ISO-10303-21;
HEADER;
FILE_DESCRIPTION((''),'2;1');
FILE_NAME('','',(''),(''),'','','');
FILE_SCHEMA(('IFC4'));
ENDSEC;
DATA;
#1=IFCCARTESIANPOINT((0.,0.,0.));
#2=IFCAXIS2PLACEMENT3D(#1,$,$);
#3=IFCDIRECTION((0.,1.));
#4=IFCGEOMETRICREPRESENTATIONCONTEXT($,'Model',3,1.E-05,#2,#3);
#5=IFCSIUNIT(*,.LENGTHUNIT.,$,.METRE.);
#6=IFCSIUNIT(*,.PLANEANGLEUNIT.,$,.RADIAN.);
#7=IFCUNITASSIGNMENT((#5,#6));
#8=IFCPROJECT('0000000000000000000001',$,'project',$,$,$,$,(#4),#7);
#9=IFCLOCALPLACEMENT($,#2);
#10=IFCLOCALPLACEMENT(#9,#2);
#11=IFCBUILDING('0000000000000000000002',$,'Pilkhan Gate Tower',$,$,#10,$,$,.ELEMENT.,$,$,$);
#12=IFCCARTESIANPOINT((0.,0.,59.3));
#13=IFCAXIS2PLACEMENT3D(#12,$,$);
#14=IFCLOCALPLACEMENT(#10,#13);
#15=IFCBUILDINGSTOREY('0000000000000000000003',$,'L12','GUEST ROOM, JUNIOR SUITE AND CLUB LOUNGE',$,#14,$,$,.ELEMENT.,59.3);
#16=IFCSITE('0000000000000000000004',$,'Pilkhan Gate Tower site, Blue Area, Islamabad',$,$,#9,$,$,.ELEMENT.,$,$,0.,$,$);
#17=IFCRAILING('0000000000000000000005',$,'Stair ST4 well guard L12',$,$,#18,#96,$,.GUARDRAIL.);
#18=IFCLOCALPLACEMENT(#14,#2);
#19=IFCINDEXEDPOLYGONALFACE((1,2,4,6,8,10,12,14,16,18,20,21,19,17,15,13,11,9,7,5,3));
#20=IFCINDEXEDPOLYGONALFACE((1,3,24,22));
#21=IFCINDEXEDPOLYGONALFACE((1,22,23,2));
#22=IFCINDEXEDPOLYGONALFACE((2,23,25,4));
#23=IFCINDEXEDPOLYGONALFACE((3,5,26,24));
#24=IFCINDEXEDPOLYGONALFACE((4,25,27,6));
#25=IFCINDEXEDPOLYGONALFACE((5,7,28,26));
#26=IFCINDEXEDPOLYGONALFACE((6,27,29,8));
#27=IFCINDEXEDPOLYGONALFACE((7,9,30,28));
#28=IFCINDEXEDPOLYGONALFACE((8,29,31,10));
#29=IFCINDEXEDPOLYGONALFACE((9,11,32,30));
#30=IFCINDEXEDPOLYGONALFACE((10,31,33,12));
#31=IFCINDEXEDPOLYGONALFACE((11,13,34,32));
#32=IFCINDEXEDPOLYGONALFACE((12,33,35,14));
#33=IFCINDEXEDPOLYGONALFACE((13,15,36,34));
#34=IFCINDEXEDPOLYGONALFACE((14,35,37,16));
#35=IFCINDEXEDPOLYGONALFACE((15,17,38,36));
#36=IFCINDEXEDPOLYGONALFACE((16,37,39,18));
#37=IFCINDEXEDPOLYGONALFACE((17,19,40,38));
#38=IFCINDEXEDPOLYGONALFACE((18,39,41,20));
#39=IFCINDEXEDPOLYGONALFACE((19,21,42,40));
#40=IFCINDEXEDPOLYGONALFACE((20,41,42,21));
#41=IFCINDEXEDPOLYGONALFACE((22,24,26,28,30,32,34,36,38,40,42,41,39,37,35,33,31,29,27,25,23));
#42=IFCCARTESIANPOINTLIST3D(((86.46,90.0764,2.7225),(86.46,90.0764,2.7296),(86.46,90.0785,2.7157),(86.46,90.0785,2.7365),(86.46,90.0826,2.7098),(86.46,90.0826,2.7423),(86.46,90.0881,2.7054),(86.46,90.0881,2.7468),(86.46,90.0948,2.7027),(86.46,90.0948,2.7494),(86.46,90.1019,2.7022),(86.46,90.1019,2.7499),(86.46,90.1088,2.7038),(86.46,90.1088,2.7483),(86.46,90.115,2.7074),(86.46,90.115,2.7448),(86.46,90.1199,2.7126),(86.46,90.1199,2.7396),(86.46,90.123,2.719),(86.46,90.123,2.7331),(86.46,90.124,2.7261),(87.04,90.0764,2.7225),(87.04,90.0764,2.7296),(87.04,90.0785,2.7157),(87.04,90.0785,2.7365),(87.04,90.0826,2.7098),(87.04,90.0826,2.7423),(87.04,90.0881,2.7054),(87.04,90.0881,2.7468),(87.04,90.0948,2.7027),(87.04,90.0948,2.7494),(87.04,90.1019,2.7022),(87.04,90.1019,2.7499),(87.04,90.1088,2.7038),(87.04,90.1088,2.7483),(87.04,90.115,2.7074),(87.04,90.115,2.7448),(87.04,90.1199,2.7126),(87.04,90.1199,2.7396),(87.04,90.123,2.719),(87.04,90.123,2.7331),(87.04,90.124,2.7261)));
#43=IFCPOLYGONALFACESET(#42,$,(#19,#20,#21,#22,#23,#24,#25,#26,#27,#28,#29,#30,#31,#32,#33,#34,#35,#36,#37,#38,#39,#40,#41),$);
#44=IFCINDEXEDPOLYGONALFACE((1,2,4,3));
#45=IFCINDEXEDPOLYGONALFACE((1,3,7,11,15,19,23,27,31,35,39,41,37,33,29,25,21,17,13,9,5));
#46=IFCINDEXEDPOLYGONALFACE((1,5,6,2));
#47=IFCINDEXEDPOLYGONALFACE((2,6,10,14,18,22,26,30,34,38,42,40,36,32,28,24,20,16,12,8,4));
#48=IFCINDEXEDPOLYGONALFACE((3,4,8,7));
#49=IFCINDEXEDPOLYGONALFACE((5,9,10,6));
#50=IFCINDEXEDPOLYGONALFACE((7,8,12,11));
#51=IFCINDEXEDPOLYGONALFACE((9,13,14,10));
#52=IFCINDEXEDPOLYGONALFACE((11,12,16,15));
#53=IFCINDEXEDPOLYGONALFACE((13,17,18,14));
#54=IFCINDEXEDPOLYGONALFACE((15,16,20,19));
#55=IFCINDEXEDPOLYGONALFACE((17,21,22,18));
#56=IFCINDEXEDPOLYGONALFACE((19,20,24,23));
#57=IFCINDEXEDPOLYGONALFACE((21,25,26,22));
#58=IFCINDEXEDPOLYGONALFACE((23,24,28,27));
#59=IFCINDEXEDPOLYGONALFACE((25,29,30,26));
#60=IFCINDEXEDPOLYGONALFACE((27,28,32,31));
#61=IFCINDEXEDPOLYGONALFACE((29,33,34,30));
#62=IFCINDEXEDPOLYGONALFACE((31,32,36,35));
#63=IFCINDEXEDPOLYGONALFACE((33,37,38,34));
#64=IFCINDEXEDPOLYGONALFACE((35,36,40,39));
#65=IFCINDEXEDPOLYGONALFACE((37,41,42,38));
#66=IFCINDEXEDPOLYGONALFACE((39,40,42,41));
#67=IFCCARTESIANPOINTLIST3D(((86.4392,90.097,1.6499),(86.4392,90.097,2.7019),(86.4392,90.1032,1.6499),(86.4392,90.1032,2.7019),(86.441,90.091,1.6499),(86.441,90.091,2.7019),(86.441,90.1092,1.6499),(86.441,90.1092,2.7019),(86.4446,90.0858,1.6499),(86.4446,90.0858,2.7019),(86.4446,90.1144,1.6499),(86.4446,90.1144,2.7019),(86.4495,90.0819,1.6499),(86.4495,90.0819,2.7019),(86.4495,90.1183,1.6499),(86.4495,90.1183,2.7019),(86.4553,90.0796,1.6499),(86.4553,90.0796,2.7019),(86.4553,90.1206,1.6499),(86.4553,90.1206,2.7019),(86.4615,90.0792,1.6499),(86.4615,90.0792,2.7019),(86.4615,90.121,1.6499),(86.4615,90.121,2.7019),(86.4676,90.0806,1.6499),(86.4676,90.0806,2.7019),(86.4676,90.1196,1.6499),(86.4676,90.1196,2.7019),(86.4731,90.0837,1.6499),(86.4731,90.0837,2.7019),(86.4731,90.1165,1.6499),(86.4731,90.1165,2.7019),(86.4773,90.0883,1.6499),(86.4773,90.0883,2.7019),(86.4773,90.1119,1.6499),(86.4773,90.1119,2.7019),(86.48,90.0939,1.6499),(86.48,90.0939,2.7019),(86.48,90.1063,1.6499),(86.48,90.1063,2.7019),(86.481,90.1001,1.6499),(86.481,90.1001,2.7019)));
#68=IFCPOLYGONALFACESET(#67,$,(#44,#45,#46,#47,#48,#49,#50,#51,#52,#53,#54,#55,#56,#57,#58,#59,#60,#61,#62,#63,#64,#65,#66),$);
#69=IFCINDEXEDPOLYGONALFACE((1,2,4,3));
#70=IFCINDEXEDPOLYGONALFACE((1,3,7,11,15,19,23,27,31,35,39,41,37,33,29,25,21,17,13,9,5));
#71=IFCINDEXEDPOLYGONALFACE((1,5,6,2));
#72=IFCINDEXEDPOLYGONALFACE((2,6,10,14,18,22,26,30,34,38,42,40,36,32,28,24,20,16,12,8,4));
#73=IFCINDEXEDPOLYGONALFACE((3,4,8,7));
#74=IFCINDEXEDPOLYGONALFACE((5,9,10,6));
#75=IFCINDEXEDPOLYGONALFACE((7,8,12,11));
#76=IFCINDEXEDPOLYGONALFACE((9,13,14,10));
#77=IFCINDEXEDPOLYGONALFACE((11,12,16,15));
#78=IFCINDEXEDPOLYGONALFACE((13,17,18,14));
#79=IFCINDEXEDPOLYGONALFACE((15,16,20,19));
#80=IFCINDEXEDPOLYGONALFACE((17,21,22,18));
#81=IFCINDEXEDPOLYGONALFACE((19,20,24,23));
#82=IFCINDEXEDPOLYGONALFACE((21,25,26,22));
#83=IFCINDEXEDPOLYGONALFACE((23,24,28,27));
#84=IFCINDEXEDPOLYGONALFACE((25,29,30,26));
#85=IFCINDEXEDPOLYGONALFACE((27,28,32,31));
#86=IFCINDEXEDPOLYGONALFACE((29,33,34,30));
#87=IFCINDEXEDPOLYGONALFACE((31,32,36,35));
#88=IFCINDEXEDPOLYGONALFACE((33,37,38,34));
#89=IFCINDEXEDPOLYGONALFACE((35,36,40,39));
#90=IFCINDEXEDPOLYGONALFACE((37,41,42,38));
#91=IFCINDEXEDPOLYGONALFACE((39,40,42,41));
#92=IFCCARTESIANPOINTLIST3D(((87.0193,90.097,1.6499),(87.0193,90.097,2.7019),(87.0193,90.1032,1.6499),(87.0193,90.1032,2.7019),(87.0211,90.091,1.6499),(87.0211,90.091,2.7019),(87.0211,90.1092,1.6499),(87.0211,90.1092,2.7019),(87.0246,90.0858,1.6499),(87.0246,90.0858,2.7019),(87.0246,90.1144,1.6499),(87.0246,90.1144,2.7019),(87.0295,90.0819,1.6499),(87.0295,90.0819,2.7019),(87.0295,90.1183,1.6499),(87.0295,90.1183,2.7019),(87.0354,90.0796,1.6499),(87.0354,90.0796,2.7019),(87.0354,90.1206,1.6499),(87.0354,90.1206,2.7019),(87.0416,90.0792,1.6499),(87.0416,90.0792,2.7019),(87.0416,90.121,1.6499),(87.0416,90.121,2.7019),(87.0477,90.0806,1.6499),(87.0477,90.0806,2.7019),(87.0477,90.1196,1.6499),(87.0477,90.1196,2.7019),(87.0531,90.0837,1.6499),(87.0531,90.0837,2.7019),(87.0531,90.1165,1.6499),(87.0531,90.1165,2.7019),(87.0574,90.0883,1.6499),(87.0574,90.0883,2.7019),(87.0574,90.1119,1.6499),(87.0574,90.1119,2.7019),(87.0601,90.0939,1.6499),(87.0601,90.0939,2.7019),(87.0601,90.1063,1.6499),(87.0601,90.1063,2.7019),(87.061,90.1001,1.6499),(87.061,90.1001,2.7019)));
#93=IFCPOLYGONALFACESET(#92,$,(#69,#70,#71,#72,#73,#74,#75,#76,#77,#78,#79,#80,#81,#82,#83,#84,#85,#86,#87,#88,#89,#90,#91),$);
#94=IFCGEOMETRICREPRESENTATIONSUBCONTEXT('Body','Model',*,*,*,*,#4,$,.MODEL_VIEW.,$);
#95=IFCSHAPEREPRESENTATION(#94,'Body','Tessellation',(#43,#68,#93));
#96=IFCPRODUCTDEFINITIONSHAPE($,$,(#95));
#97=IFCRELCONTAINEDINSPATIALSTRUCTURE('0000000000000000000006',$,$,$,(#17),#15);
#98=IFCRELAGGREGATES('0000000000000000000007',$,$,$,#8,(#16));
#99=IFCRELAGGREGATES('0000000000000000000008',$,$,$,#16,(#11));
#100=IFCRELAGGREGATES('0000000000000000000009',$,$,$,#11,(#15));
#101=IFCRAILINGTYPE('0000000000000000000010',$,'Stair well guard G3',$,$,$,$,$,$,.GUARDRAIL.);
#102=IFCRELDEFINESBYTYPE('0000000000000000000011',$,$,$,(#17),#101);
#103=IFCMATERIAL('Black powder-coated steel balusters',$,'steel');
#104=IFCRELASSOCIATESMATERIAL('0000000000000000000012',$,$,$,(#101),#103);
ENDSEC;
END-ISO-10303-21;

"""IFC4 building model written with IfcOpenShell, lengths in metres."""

from ifc_helpers import new_model, si_unit, direction, frame, origin, origin_2d, place, context, subcontext, project, spatial, circle, extrude, material, type_object, element, save


model = new_model("IFC4")

# Units and contexts
model_context = context("Model", 3, precision=1e-05, world=origin(), true_north=direction((0.0, 1.0)))
body_context = subcontext(model_context, "Body", "Model", "MODEL_VIEW")
ifc_project = project(units=[si_unit("LENGTHUNIT", "METRE"), si_unit("PLANEANGLEUNIT", "RADIAN")], contexts=[model_context])

# Site, building, storey
site_placement = place(None, origin())
site = spatial("IfcSite", under=ifc_project, at=site_placement, Name="Pilkhan Gate Tower site, Blue Area, Islamabad", CompositionType="ELEMENT", RefElevation=0.0)
building_placement = place(site_placement, origin())
building = spatial("IfcBuilding", under=site, at=building_placement, Name="Pilkhan Gate Tower", CompositionType="ELEMENT")
storey_placement = place(building_placement, frame((0.0, 0.0, 59.3)))
storey = spatial("IfcBuildingStorey", under=building, at=storey_placement, Name="L12", Description="GUEST ROOM, JUNIOR SUITE AND CLUB LOUNGE", CompositionType="ELEMENT", Elevation=59.3)

# Railing
ifc_material_1 = material(Name="Black powder-coated steel balusters", Category="steel")
railing_type_1 = type_object("IfcRailingType", Name="Stair well guard G3", PredefinedType="GUARDRAIL", material=ifc_material_1)
for number, where, name in (
    (1, (86.46, 90.1001, 1.6499), "Stair ST4 well guard L12"),
):
    element("IfcRailing", number, at=place(storey_placement, frame(where)), inside=storey, type_object=railing_type_1, Name=name, PredefinedType="GUARDRAIL", context=body_context, shape_type="SweptSolid", body=[
        extrude(circle(Radius=0.0239, at=origin_2d()), frame((0.0, 0.0, 1.0762), z_axis=(1.0, 0.0, 0.0), x_axis=(0.0, 1.0, 0.0)), (0.0, 0.0, 1.0), 0.5801),
        extrude(circle(Radius=0.021, at=origin_2d()), origin(), (0.0, 0.0, 1.0), 1.052),
        extrude(circle(Radius=0.021, at=origin_2d()), frame((0.5801, 0.0, 0.0)), (0.0, 0.0, 1.0), 1.052),
    ])

save(model, "model.ifc")
